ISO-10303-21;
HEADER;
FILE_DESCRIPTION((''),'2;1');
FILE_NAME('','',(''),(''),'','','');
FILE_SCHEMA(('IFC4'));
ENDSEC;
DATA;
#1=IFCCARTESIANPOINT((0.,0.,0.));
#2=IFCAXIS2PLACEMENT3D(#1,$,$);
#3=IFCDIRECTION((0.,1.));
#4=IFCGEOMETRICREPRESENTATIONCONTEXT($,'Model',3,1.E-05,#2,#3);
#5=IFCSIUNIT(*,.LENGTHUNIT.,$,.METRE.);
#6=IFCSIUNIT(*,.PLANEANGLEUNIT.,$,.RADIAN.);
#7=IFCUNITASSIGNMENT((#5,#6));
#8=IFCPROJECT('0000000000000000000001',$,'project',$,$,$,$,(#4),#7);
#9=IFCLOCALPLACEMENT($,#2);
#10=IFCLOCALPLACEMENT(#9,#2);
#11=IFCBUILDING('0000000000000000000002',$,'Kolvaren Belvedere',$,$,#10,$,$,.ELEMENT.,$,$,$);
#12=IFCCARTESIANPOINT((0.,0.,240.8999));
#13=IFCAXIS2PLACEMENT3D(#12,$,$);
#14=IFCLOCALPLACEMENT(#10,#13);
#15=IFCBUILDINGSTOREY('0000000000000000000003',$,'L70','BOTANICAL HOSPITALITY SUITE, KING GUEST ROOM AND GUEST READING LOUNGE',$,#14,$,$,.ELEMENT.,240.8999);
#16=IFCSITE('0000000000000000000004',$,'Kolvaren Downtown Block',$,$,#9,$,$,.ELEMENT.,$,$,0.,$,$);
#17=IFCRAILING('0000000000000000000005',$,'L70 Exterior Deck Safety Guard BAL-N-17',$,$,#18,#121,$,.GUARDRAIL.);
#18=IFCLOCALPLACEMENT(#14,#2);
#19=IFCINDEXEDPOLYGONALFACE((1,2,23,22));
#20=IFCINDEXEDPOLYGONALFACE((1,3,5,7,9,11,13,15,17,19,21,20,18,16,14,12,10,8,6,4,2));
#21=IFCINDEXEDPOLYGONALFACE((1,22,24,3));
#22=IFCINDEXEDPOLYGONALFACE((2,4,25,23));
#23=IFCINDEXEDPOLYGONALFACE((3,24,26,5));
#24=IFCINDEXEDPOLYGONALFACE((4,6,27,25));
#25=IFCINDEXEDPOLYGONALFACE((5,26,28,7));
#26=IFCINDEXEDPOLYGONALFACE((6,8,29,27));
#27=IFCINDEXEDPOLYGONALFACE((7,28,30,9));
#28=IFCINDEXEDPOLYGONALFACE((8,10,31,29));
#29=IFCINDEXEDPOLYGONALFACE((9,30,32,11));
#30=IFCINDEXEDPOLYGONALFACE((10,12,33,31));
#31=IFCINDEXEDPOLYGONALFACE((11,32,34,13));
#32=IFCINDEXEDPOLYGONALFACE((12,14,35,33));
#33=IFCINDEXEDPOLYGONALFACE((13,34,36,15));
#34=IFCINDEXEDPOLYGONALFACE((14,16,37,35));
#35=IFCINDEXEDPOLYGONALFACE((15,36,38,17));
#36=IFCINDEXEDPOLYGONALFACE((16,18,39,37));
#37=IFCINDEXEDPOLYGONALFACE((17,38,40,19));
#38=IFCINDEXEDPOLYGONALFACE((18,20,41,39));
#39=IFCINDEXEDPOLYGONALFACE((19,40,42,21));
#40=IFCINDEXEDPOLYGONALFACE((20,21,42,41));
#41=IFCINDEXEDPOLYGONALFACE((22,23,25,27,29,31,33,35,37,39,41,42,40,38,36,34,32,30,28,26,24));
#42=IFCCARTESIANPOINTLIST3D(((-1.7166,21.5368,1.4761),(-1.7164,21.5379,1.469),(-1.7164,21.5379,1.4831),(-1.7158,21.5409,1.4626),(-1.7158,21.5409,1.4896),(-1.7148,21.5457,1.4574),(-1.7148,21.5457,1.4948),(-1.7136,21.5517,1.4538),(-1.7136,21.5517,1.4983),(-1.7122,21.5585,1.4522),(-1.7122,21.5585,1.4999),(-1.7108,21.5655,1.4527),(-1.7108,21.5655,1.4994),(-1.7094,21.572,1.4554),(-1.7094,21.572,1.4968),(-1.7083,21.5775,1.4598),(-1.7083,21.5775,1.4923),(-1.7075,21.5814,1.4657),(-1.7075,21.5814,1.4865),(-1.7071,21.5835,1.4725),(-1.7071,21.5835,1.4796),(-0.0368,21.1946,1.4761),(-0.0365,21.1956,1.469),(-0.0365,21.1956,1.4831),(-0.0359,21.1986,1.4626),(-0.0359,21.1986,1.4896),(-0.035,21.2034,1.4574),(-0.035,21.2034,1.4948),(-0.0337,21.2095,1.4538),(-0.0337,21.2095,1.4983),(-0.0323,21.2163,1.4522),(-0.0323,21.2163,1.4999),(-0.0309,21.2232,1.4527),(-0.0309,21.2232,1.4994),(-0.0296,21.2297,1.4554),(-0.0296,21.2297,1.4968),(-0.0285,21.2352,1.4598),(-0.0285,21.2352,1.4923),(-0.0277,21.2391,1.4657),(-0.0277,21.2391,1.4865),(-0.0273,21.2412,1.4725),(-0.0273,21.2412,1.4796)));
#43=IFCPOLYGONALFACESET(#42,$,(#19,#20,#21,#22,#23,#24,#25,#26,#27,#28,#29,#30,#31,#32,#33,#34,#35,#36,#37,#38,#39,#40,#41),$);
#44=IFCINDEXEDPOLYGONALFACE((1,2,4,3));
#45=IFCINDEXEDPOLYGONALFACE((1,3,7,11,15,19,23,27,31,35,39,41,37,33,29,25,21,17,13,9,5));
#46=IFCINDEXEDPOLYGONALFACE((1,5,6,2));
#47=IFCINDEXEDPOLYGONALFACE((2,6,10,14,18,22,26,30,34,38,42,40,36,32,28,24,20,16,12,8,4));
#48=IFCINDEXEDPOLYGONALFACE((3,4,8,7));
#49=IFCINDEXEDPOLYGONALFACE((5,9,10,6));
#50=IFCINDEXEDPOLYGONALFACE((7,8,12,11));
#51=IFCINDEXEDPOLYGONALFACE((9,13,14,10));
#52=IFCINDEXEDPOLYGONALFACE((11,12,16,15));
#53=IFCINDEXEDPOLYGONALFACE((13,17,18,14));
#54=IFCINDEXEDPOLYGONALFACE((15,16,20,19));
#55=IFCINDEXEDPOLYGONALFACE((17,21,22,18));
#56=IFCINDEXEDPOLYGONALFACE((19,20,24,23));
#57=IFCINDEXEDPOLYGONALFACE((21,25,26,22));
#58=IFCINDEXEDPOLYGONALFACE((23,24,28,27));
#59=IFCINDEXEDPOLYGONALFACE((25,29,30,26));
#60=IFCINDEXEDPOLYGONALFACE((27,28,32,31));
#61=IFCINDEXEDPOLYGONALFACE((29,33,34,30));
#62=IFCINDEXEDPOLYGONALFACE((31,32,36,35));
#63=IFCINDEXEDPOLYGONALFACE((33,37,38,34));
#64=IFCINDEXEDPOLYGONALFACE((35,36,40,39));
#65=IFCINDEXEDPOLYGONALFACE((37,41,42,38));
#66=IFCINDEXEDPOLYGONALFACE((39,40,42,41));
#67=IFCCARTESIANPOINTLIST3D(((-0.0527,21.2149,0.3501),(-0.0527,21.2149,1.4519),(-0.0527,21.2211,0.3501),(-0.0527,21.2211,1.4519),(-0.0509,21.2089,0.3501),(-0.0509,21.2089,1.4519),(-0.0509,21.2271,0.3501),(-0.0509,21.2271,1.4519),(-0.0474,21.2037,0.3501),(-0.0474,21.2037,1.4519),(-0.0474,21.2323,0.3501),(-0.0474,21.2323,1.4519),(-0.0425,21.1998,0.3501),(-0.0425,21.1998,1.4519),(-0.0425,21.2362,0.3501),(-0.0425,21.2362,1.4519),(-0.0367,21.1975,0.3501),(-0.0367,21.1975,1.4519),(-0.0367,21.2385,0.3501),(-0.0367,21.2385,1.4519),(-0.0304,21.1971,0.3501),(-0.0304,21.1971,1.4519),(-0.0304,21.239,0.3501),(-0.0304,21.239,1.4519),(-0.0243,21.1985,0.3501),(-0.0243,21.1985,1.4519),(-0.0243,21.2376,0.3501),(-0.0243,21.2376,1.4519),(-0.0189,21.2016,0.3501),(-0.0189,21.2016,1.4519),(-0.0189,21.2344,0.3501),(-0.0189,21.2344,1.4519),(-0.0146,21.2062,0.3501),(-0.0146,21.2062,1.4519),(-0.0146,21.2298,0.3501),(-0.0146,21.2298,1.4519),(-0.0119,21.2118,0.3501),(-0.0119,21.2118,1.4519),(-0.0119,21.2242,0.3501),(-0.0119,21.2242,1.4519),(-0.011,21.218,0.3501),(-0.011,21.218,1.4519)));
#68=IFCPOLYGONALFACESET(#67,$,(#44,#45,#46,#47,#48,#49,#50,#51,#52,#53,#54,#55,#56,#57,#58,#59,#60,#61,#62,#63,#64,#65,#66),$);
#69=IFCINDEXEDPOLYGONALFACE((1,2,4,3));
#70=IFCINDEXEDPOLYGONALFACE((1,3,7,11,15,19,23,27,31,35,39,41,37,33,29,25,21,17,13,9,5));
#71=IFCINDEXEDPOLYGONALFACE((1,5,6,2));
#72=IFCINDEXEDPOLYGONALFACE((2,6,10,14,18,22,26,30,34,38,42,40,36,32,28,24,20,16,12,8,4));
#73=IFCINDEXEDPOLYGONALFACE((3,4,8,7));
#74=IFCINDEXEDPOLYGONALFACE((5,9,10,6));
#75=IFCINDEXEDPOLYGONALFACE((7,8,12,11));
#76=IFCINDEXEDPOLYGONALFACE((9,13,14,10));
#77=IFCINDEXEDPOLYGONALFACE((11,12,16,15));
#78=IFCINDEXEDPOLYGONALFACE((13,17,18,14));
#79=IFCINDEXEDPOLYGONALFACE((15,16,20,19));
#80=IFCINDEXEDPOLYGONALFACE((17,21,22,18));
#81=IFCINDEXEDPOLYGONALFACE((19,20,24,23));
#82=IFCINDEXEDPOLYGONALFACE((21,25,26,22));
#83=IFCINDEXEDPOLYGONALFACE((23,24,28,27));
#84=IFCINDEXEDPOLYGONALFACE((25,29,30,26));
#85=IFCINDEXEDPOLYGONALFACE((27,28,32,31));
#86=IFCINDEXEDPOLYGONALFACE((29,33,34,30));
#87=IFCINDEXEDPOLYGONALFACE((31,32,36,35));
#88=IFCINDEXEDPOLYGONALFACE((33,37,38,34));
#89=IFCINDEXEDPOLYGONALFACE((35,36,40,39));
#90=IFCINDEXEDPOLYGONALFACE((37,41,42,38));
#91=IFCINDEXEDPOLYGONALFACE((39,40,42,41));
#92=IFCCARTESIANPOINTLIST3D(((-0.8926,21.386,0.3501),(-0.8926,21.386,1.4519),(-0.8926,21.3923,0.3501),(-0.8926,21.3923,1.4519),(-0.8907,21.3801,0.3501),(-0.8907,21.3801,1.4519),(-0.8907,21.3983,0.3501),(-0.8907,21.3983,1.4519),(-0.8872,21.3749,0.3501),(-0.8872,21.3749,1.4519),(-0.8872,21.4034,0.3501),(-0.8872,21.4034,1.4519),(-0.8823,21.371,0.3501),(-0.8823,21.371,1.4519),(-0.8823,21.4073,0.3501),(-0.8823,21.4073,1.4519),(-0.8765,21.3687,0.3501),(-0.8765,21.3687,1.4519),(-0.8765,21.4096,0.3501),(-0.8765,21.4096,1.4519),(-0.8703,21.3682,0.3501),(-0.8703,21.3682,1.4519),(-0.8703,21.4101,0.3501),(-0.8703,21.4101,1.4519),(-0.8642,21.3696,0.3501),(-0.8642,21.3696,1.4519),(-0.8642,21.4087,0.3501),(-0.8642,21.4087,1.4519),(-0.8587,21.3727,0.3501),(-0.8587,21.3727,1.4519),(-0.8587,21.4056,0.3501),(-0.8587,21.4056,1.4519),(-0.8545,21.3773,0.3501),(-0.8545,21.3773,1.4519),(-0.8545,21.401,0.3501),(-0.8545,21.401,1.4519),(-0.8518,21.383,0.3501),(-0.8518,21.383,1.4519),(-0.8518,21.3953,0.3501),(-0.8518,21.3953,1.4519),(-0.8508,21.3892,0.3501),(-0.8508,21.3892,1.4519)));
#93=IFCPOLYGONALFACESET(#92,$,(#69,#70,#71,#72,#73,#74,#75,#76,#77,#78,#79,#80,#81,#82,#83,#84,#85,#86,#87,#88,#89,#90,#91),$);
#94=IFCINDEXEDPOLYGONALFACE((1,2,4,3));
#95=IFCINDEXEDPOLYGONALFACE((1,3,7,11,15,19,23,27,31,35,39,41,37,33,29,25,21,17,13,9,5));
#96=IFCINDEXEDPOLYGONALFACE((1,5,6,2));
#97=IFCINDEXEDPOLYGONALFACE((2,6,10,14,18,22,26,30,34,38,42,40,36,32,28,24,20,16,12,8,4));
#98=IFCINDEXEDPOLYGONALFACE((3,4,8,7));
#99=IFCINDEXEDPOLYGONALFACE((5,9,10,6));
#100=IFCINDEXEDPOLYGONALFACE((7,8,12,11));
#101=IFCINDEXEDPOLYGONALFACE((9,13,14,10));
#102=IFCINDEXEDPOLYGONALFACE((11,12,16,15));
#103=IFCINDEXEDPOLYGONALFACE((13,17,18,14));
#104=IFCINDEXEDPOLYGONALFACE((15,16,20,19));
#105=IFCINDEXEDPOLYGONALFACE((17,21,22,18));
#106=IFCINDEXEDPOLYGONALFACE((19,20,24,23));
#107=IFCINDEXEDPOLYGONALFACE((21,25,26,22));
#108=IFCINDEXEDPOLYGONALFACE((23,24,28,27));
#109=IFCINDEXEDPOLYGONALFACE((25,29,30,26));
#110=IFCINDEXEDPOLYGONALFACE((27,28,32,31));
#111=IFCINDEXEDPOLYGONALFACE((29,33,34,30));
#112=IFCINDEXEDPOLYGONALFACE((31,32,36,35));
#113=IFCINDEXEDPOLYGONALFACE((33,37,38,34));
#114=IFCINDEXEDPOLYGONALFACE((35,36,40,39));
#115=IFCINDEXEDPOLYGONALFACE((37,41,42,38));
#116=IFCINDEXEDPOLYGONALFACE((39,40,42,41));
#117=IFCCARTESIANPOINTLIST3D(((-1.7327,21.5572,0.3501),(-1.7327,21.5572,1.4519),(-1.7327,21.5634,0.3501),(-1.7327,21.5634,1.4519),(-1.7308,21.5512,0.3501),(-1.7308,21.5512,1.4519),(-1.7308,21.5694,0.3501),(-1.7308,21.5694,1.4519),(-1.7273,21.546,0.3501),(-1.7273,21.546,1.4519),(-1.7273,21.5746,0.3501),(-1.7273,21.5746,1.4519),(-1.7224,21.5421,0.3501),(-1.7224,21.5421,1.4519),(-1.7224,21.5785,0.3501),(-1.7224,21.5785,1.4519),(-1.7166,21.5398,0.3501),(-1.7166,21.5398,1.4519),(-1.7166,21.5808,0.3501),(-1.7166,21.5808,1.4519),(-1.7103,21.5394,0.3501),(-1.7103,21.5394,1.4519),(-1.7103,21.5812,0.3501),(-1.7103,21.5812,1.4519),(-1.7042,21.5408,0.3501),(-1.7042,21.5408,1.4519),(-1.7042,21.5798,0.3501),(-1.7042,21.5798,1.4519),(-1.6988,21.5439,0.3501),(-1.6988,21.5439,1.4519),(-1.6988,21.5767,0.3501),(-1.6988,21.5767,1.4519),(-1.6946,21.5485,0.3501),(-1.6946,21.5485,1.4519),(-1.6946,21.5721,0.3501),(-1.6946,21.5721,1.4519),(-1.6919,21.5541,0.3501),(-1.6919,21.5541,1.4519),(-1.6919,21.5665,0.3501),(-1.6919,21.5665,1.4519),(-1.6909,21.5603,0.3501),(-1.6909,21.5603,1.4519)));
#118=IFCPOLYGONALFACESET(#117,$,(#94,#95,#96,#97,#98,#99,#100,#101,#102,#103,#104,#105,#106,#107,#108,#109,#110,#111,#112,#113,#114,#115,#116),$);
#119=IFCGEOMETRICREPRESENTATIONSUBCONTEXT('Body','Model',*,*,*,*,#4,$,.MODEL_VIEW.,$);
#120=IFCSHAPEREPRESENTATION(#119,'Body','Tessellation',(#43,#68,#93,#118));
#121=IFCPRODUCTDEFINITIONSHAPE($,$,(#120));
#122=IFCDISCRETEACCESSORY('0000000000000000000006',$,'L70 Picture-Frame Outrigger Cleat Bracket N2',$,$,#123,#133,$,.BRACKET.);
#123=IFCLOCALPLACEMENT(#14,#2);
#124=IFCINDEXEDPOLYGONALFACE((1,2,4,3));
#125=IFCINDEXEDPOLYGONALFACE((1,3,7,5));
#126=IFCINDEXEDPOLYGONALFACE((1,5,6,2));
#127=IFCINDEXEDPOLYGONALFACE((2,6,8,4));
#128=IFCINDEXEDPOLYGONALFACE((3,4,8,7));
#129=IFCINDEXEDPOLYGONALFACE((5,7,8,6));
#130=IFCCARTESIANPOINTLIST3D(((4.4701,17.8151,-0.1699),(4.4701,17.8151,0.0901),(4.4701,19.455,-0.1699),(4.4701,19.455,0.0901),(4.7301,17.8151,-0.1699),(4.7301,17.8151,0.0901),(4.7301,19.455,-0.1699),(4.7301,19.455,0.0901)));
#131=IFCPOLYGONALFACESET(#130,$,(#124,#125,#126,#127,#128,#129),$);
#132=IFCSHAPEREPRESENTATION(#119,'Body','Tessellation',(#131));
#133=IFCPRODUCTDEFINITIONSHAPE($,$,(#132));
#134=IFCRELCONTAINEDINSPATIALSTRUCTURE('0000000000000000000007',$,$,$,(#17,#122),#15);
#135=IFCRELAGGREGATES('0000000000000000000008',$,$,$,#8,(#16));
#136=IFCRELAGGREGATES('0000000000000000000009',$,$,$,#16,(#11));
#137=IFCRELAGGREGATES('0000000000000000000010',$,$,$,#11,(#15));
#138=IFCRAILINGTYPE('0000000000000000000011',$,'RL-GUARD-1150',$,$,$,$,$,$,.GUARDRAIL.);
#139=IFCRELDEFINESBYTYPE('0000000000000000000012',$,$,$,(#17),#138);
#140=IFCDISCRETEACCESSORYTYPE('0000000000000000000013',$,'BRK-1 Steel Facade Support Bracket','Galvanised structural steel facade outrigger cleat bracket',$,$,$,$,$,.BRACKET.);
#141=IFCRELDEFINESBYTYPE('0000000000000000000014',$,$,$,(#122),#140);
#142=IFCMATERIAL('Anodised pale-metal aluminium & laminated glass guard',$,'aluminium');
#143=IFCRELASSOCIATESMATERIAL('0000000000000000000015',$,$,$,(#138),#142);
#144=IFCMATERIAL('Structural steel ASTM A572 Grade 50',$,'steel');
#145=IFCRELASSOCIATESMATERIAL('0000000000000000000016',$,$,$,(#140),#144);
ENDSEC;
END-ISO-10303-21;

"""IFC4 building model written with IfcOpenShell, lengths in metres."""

from ifc_helpers import new_model, si_unit, direction, frame, origin, origin_2d, place, context, subcontext, project, spatial, rectangle, circle, extrude, material, type_object, element, save


model = new_model("IFC4")

# Units and contexts
model_context = context("Model", 3, precision=1e-05, world=origin(), true_north=direction((0.0, 1.0)))
body_context = subcontext(model_context, "Body", "Model", "MODEL_VIEW")
ifc_project = project(units=[si_unit("LENGTHUNIT", "METRE"), si_unit("PLANEANGLEUNIT", "RADIAN")], contexts=[model_context])

# Site, building, storey
site_placement = place(None, origin())
site = spatial("IfcSite", under=ifc_project, at=site_placement, Name="Kolvaren Downtown Block", CompositionType="ELEMENT", RefElevation=0.0)
building_placement = place(site_placement, origin())
building = spatial("IfcBuilding", under=site, at=building_placement, Name="Kolvaren Belvedere", CompositionType="ELEMENT")
storey_placement = place(building_placement, frame((0.0, 0.0, 240.8999)))
storey = spatial("IfcBuildingStorey", under=building, at=storey_placement, Name="L70", Description="BOTANICAL HOSPITALITY SUITE, KING GUEST ROOM AND GUEST READING LOUNGE", CompositionType="ELEMENT", Elevation=240.8999)

# Railing
ifc_material_1 = material(Name="Anodised pale-metal aluminium & laminated glass guard", Category="aluminium")
railing_type = type_object("IfcRailingType", Name="RL-GUARD-1150", PredefinedType="GUARDRAIL", material=ifc_material_1)
railing_1_placement = place(storey_placement, frame((-0.032, 21.218, 0.3501)))
element("IfcRailing", 1, at=railing_1_placement, inside=storey, type_object=railing_type, Name="L70 Exterior Deck Safety Guard BAL-N-17", PredefinedType="GUARDRAIL", context=body_context, shape_type="SweptSolid", body=[
    extrude(circle(Radius=0.0239, at=origin_2d()), frame((0.0, 0.0, 1.126), z_axis=(-0.979868, 0.199648, 0.0), x_axis=(-0.199648, -0.979868, 0.0)), (0.0, 0.0, 1.0), 1.7144),
    extrude(circle(Radius=0.021, at=origin_2d()), origin(), (0.0, 0.0, 1.0), 1.1018),
    extrude(circle(Radius=0.021, at=origin_2d()), frame((-0.8398, 0.1711, 0.0)), (0.0, 0.0, 1.0), 1.1018),
    extrude(circle(Radius=0.021, at=origin_2d()), frame((-1.6799, 0.3423, 0.0)), (0.0, 0.0, 1.0), 1.1018),
])

# Discrete accessory
ifc_material_2 = material(Name="Structural steel ASTM A572 Grade 50", Category="steel")
discrete_accessory_type = type_object("IfcDiscreteAccessoryType", Name="BRK-1 Steel Facade Support Bracket", Description="Galvanised structural steel facade outrigger cleat bracket", PredefinedType="BRACKET", material=ifc_material_2)
discrete_accessory_placement = place(storey_placement, frame((4.6001, 18.635, -0.1699), z_axis=(0.0, 0.0, 1.0), x_axis=(0.0, 1.0, 0.0)))
element("IfcDiscreteAccessory", 2, at=discrete_accessory_placement, inside=storey, type_object=discrete_accessory_type, Name="L70 Picture-Frame Outrigger Cleat Bracket N2", PredefinedType="BRACKET", context=body_context, shape_type="SweptSolid", body=[
    extrude(rectangle(XDim=1.6399, YDim=0.26, at=origin_2d()), origin(), (0.0, 0.0, 1.0), 0.26),
])

save(model, "model.ifc")
